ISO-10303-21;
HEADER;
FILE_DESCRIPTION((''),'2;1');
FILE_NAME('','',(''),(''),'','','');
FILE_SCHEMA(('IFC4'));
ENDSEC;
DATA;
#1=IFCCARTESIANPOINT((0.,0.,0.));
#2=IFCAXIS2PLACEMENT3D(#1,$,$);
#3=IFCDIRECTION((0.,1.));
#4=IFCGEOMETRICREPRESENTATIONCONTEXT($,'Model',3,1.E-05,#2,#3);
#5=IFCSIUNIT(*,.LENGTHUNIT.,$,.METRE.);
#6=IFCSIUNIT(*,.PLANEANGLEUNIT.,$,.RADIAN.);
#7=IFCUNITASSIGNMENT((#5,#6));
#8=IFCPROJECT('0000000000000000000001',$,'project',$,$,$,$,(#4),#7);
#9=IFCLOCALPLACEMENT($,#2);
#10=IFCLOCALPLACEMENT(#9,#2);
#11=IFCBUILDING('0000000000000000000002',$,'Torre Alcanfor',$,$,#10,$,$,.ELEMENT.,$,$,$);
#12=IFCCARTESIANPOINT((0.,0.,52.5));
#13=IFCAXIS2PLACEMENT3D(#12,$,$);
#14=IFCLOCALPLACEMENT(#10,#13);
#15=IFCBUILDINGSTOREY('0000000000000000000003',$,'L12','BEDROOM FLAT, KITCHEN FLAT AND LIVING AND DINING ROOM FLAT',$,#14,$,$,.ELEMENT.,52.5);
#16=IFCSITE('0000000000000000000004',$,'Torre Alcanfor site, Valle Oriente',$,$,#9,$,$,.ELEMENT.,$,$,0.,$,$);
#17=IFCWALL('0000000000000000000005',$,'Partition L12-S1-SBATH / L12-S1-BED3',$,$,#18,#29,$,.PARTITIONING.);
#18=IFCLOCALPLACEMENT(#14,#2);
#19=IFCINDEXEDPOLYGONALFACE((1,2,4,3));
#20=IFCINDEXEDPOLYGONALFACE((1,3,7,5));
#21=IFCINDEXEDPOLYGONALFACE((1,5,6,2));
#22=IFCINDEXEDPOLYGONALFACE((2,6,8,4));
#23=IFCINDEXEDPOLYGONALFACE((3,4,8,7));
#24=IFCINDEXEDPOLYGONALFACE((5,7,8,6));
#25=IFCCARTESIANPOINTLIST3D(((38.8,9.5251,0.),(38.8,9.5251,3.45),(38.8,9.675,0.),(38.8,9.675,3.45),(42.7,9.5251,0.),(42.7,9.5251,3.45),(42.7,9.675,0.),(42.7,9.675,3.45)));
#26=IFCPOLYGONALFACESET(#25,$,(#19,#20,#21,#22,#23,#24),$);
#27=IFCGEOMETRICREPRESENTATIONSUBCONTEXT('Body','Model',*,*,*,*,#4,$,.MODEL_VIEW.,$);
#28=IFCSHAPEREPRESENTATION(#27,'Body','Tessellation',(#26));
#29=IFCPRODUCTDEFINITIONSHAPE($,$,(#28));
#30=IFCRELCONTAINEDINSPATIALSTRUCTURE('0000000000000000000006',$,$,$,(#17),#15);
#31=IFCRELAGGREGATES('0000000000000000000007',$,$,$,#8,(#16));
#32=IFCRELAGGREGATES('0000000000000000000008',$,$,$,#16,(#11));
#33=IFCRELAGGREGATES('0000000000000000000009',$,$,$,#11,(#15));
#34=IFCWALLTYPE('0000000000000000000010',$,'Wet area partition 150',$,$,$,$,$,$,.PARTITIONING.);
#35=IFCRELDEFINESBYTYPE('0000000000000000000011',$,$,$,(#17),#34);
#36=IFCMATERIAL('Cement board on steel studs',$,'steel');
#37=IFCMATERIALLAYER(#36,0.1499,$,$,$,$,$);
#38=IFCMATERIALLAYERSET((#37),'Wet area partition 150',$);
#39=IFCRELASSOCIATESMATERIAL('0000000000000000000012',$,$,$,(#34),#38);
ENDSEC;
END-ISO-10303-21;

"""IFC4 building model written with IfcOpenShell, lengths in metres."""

from ifc_helpers import new_model, si_unit, direction, frame, frame_2d, origin, place, context, subcontext, project, spatial, rectangle, extrude, material, layer, layer_set, type_object, element, save


model = new_model("IFC4")

# Units and contexts
model_context = context("Model", 3, precision=1e-05, world=origin(), true_north=direction((0.0, 1.0)))
body_context = subcontext(model_context, "Body", "Model", "MODEL_VIEW")
ifc_project = project(units=[si_unit("LENGTHUNIT", "METRE"), si_unit("PLANEANGLEUNIT", "RADIAN")], contexts=[model_context])

# Site, building, storey
site_placement = place(None, origin())
site = spatial("IfcSite", under=ifc_project, at=site_placement, Name="Torre Alcanfor site, Valle Oriente", CompositionType="ELEMENT", RefElevation=0.0)
building_placement = place(site_placement, origin())
building = spatial("IfcBuilding", under=site, at=building_placement, Name="Torre Alcanfor", CompositionType="ELEMENT")
storey_placement = place(building_placement, frame((0.0, 0.0, 52.5)))
storey = spatial("IfcBuildingStorey", under=building, at=storey_placement, Name="L12", Description="BEDROOM FLAT, KITCHEN FLAT AND LIVING AND DINING ROOM FLAT", CompositionType="ELEMENT", Elevation=52.5)

# Shared definitions
ifc_material_1 = material(Name="Cement board on steel studs", Category="steel")
ifc_layer_1 = layer(ifc_material_1, 0.1499)
ifc_layer_set_1 = layer_set([ifc_layer_1], Name="Wet area partition 150")
wall_type_1 = type_object("IfcWallType", Name="Wet area partition 150", PredefinedType="PARTITIONING", material=ifc_layer_set_1)

# Wall
wall_1_placement = place(storey_placement, frame((38.8, 9.6001, 0.0), z_axis=(0.0, 0.0, 1.0), x_axis=(1.0, 0.0, 0.0)))
element("IfcWall", 1, at=wall_1_placement, inside=storey, type_object=wall_type_1, Name="Partition L12-S1-SBATH / L12-S1-BED3", PredefinedType="PARTITIONING", context=body_context, shape_type="SweptSolid", body=[
    extrude(rectangle(XDim=3.8999, YDim=0.1499, at=frame_2d((1.95, 0.0))), origin(), (0.0, 0.0, 1.0), 3.45),
])

save(model, "model.ifc")
